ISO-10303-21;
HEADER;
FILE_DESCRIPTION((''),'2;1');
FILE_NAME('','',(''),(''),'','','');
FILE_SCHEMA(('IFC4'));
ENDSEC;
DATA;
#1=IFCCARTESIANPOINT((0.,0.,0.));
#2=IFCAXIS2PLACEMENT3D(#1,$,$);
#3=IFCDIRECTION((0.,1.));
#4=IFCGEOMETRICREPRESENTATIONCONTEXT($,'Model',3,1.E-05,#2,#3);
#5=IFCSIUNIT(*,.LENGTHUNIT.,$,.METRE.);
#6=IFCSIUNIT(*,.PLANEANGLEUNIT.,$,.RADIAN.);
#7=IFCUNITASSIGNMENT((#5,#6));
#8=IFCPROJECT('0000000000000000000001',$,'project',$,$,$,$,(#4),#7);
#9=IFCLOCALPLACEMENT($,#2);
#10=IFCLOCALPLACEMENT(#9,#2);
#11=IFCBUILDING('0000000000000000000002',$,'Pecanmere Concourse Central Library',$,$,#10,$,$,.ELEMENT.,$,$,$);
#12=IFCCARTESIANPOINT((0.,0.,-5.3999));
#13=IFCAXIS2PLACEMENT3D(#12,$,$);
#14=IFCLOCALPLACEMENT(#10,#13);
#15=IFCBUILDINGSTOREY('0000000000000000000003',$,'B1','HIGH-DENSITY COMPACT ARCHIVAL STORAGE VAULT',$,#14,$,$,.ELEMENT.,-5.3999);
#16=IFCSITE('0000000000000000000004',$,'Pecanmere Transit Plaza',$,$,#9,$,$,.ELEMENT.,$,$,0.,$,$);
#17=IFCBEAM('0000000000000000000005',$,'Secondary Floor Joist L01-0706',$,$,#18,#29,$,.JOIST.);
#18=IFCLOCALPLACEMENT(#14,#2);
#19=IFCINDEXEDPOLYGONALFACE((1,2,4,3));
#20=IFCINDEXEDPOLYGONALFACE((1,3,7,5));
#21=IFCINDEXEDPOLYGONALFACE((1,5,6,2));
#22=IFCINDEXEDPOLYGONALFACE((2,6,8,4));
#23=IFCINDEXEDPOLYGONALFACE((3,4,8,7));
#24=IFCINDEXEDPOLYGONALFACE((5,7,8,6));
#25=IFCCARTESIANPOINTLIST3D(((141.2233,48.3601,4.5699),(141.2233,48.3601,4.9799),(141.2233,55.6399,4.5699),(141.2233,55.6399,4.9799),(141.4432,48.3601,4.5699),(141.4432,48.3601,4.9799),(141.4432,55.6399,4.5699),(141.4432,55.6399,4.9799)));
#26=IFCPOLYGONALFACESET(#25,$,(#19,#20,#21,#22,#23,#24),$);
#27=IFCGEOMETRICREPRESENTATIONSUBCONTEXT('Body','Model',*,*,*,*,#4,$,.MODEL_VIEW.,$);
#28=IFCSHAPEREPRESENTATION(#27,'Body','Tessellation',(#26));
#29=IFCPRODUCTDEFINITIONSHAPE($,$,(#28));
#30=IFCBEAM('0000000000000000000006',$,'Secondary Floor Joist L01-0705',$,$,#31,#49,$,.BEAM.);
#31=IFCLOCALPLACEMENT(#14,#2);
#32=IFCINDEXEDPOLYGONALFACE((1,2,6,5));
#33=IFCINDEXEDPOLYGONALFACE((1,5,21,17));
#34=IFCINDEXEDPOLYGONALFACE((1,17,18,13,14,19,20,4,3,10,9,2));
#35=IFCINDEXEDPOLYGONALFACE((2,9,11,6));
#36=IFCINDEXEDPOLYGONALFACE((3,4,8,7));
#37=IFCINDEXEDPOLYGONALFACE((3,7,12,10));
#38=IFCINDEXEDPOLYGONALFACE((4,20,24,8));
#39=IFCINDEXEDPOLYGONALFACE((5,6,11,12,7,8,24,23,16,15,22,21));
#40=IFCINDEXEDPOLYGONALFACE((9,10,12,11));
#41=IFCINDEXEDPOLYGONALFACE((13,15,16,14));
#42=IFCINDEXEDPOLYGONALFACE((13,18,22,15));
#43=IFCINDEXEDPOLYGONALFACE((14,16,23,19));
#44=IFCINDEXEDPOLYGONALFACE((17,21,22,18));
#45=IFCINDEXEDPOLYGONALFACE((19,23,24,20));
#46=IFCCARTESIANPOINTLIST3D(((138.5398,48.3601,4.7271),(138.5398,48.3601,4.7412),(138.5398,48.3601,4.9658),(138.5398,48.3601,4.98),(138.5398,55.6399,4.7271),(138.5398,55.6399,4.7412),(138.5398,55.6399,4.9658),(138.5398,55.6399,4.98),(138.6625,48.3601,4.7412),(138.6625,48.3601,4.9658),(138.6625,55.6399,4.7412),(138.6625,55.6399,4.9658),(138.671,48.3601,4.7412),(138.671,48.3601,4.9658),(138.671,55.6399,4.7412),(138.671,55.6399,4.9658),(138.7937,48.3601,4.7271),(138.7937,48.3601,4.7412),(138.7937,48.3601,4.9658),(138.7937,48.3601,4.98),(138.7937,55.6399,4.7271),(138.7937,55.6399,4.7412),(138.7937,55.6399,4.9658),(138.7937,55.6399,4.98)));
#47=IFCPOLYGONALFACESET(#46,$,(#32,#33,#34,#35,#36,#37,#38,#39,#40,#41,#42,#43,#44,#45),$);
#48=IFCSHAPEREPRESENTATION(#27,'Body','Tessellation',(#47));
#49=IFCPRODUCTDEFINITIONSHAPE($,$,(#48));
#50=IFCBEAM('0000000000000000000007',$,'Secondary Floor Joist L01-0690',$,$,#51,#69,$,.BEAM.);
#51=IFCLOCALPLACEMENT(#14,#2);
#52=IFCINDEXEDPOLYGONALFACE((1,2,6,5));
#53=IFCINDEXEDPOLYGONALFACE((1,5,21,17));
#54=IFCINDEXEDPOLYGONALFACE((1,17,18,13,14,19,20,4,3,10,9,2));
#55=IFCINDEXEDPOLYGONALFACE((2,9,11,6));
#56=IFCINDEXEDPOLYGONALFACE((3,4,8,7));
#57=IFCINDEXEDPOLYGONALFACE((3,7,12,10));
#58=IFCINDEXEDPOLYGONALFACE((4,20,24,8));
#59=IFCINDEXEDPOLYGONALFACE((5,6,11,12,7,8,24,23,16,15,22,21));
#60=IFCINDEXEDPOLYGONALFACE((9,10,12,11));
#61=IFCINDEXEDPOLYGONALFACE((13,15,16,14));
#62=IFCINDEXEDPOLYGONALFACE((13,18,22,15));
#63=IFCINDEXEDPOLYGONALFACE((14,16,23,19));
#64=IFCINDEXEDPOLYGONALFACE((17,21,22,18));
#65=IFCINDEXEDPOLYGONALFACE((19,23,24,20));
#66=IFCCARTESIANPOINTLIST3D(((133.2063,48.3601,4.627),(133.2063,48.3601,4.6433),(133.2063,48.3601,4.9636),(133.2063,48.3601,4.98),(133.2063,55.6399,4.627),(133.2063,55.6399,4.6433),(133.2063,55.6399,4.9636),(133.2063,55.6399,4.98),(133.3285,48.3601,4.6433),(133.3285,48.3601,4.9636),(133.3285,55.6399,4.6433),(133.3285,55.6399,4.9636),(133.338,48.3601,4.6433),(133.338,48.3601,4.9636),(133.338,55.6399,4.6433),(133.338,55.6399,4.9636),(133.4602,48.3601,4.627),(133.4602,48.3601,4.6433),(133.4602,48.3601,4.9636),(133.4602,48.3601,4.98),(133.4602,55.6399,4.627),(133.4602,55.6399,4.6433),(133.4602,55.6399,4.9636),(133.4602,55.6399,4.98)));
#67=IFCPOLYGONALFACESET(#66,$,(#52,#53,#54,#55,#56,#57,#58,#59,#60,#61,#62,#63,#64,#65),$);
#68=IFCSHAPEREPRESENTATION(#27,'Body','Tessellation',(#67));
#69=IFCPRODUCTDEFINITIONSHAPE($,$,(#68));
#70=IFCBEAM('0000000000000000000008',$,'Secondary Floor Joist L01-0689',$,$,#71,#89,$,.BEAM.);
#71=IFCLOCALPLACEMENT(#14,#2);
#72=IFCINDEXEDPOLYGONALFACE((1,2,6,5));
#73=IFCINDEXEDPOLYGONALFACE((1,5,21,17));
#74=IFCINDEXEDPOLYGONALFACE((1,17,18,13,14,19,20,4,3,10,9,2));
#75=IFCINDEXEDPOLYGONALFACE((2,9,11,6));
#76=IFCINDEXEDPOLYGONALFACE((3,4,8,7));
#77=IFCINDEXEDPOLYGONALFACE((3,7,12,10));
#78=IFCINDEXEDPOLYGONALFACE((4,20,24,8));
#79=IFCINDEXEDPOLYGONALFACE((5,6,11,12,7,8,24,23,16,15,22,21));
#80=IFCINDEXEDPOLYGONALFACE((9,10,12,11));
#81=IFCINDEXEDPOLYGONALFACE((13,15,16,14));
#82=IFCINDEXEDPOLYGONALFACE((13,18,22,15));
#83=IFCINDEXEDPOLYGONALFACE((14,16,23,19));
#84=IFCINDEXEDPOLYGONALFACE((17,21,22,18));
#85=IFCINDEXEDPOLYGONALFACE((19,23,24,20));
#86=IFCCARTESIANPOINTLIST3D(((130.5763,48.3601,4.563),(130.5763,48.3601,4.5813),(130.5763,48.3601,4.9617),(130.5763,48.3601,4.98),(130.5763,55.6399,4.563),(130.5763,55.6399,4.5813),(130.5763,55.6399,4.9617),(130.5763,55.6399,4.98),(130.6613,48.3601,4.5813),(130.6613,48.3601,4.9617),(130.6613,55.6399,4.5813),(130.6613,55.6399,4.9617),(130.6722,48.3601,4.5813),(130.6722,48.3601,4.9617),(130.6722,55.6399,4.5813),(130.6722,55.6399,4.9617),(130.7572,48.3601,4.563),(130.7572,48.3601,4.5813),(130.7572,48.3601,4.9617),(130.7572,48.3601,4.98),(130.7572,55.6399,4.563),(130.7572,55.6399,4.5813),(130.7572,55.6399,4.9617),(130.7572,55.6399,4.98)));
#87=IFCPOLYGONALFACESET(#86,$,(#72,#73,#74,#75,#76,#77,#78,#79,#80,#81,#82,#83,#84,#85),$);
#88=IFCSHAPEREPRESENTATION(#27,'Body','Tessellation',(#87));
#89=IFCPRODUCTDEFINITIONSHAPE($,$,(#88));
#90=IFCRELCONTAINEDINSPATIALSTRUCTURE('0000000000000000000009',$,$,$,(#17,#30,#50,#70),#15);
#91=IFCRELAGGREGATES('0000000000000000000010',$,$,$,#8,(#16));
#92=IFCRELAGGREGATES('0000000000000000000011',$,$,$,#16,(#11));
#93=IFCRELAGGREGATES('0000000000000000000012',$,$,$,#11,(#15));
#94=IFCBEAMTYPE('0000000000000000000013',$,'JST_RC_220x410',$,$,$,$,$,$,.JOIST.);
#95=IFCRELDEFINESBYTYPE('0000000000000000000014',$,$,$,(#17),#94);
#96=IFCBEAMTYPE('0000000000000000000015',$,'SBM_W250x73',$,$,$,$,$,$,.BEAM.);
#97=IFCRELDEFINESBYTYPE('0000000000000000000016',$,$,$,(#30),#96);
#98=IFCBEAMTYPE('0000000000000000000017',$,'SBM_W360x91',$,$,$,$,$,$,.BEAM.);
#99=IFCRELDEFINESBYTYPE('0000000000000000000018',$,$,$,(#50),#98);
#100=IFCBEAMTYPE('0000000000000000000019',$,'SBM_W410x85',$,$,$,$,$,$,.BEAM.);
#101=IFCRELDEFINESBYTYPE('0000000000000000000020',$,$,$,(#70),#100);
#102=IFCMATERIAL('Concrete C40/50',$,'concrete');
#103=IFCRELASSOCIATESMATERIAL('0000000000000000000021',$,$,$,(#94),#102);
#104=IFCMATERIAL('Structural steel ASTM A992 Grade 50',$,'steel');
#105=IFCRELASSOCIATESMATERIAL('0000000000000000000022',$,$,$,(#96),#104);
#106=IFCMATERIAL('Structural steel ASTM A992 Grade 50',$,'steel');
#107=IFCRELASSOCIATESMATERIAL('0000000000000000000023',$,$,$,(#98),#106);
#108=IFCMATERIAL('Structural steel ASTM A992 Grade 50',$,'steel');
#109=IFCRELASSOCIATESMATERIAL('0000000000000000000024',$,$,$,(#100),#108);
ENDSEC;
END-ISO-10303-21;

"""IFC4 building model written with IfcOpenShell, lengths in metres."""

from ifc_helpers import new_model, si_unit, direction, frame, origin, origin_2d, place, context, subcontext, project, spatial, rectangle, i_section, extrude, material, material_profile, profile_set, type_object, element, save


model = new_model("IFC4")

# Units and contexts
model_context = context("Model", 3, precision=1e-05, world=origin(), true_north=direction((0.0, 1.0)))
body_context = subcontext(model_context, "Body", "Model", "MODEL_VIEW")
ifc_project = project(units=[si_unit("LENGTHUNIT", "METRE"), si_unit("PLANEANGLEUNIT", "RADIAN")], contexts=[model_context])

# Site, building, storey
site_placement = place(None, origin())
site = spatial("IfcSite", under=ifc_project, at=site_placement, Name="Pecanmere Transit Plaza", CompositionType="ELEMENT", RefElevation=0.0)
building_placement = place(site_placement, origin())
building = spatial("IfcBuilding", under=site, at=building_placement, Name="Pecanmere Concourse Central Library", CompositionType="ELEMENT")
storey_placement = place(building_placement, frame((0.0, 0.0, -5.3999)))
storey = spatial("IfcBuildingStorey", under=building, at=storey_placement, Name="B1", Description="HIGH-DENSITY COMPACT ARCHIVAL STORAGE VAULT", CompositionType="ELEMENT", Elevation=-5.3999)

# Beams
ifc_material_1 = material(Name="Concrete C40/50", Category="concrete")
ifc_material_profile_1 = material_profile(ifc_material_1, rectangle(XDim=0.22, YDim=0.4099, at=origin_2d()), Name="RC 220x410")
ifc_profile_set_1 = profile_set([ifc_material_profile_1], Name="Concrete C40/50")
beam_type_1 = type_object("IfcBeamType", Name="JST_RC_220x410", PredefinedType="JOIST", material=ifc_profile_set_1)
beam_1_placement = place(storey_placement, frame((141.3333, 48.3601, 4.7749), z_axis=(0.0, 1.0, 0.0), x_axis=(-1.0, 0.0, 0.0)))
element("IfcBeam", 1, at=beam_1_placement, inside=storey, type_object=beam_type_1, Name="Secondary Floor Joist L01-0706", PredefinedType="JOIST", context=body_context, shape_type="SweptSolid", body=[
    extrude(rectangle(XDim=0.22, YDim=0.4099, at=origin_2d()), origin(), (0.0, 0.0, 1.0), 7.2798),
])
ifc_material_2 = material(Name="Structural steel ASTM A992 Grade 50", Category="steel")
ifc_material_profile_2 = material_profile(ifc_material_2, i_section(OverallWidth=0.2539, OverallDepth=0.2529, WebThickness=0.0085, FlangeThickness=0.0142, at=origin_2d()), Name="W250x73")
ifc_profile_set_2 = profile_set([ifc_material_profile_2], Name="Structural steel ASTM A992 Grade 50")
beam_type_2 = type_object("IfcBeamType", Name="SBM_W250x73", PredefinedType="BEAM", material=ifc_profile_set_2)
beam_2_placement = place(storey_placement, frame((138.6667, 48.3601, 4.8535), z_axis=(0.0, 1.0, 0.0), x_axis=(-1.0, 0.0, 0.0)))
element("IfcBeam", 2, at=beam_2_placement, inside=storey, type_object=beam_type_2, Name="Secondary Floor Joist L01-0705", PredefinedType="BEAM", context=body_context, shape_type="SweptSolid", body=[
    extrude(i_section(OverallWidth=0.2539, OverallDepth=0.2529, WebThickness=0.0085, FlangeThickness=0.0142, at=origin_2d()), origin(), (0.0, 0.0, 1.0), 7.2798),
])
ifc_material_3 = material(Name="Structural steel ASTM A992 Grade 50", Category="steel")
ifc_material_profile_3 = material_profile(ifc_material_3, i_section(OverallWidth=0.2539, OverallDepth=0.353, WebThickness=0.0095, FlangeThickness=0.0164, at=origin_2d()), Name="W360x91")
ifc_profile_set_3 = profile_set([ifc_material_profile_3], Name="Structural steel ASTM A992 Grade 50")
beam_type_3 = type_object("IfcBeamType", Name="SBM_W360x91", PredefinedType="BEAM", material=ifc_profile_set_3)
beam_3_placement = place(storey_placement, frame((133.3333, 48.3601, 4.8035), z_axis=(0.0, 1.0, 0.0), x_axis=(-1.0, 0.0, 0.0)))
element("IfcBeam", 3, at=beam_3_placement, inside=storey, type_object=beam_type_3, Name="Secondary Floor Joist L01-0690", PredefinedType="BEAM", context=body_context, shape_type="SweptSolid", body=[
    extrude(i_section(OverallWidth=0.2539, OverallDepth=0.353, WebThickness=0.0095, FlangeThickness=0.0164, at=origin_2d()), origin(), (0.0, 0.0, 1.0), 7.2798),
])
ifc_material_4 = material(Name="Structural steel ASTM A992 Grade 50", Category="steel")
ifc_material_profile_4 = material_profile(ifc_material_4, i_section(OverallWidth=0.1809, OverallDepth=0.417, WebThickness=0.011, FlangeThickness=0.0183, at=origin_2d()), Name="W410x85")
ifc_profile_set_4 = profile_set([ifc_material_profile_4], Name="Structural steel ASTM A992 Grade 50")
beam_type_4 = type_object("IfcBeamType", Name="SBM_W410x85", PredefinedType="BEAM", material=ifc_profile_set_4)
beam_4_placement = place(storey_placement, frame((130.6667, 48.3601, 4.7715), z_axis=(0.0, 1.0, 0.0), x_axis=(-1.0, 0.0, 0.0)))
element("IfcBeam", 4, at=beam_4_placement, inside=storey, type_object=beam_type_4, Name="Secondary Floor Joist L01-0689", PredefinedType="BEAM", context=body_context, shape_type="SweptSolid", body=[
    extrude(i_section(OverallWidth=0.1809, OverallDepth=0.417, WebThickness=0.011, FlangeThickness=0.0183, at=origin_2d()), origin(), (0.0, 0.0, 1.0), 7.2798),
])

save(model, "model.ifc")
